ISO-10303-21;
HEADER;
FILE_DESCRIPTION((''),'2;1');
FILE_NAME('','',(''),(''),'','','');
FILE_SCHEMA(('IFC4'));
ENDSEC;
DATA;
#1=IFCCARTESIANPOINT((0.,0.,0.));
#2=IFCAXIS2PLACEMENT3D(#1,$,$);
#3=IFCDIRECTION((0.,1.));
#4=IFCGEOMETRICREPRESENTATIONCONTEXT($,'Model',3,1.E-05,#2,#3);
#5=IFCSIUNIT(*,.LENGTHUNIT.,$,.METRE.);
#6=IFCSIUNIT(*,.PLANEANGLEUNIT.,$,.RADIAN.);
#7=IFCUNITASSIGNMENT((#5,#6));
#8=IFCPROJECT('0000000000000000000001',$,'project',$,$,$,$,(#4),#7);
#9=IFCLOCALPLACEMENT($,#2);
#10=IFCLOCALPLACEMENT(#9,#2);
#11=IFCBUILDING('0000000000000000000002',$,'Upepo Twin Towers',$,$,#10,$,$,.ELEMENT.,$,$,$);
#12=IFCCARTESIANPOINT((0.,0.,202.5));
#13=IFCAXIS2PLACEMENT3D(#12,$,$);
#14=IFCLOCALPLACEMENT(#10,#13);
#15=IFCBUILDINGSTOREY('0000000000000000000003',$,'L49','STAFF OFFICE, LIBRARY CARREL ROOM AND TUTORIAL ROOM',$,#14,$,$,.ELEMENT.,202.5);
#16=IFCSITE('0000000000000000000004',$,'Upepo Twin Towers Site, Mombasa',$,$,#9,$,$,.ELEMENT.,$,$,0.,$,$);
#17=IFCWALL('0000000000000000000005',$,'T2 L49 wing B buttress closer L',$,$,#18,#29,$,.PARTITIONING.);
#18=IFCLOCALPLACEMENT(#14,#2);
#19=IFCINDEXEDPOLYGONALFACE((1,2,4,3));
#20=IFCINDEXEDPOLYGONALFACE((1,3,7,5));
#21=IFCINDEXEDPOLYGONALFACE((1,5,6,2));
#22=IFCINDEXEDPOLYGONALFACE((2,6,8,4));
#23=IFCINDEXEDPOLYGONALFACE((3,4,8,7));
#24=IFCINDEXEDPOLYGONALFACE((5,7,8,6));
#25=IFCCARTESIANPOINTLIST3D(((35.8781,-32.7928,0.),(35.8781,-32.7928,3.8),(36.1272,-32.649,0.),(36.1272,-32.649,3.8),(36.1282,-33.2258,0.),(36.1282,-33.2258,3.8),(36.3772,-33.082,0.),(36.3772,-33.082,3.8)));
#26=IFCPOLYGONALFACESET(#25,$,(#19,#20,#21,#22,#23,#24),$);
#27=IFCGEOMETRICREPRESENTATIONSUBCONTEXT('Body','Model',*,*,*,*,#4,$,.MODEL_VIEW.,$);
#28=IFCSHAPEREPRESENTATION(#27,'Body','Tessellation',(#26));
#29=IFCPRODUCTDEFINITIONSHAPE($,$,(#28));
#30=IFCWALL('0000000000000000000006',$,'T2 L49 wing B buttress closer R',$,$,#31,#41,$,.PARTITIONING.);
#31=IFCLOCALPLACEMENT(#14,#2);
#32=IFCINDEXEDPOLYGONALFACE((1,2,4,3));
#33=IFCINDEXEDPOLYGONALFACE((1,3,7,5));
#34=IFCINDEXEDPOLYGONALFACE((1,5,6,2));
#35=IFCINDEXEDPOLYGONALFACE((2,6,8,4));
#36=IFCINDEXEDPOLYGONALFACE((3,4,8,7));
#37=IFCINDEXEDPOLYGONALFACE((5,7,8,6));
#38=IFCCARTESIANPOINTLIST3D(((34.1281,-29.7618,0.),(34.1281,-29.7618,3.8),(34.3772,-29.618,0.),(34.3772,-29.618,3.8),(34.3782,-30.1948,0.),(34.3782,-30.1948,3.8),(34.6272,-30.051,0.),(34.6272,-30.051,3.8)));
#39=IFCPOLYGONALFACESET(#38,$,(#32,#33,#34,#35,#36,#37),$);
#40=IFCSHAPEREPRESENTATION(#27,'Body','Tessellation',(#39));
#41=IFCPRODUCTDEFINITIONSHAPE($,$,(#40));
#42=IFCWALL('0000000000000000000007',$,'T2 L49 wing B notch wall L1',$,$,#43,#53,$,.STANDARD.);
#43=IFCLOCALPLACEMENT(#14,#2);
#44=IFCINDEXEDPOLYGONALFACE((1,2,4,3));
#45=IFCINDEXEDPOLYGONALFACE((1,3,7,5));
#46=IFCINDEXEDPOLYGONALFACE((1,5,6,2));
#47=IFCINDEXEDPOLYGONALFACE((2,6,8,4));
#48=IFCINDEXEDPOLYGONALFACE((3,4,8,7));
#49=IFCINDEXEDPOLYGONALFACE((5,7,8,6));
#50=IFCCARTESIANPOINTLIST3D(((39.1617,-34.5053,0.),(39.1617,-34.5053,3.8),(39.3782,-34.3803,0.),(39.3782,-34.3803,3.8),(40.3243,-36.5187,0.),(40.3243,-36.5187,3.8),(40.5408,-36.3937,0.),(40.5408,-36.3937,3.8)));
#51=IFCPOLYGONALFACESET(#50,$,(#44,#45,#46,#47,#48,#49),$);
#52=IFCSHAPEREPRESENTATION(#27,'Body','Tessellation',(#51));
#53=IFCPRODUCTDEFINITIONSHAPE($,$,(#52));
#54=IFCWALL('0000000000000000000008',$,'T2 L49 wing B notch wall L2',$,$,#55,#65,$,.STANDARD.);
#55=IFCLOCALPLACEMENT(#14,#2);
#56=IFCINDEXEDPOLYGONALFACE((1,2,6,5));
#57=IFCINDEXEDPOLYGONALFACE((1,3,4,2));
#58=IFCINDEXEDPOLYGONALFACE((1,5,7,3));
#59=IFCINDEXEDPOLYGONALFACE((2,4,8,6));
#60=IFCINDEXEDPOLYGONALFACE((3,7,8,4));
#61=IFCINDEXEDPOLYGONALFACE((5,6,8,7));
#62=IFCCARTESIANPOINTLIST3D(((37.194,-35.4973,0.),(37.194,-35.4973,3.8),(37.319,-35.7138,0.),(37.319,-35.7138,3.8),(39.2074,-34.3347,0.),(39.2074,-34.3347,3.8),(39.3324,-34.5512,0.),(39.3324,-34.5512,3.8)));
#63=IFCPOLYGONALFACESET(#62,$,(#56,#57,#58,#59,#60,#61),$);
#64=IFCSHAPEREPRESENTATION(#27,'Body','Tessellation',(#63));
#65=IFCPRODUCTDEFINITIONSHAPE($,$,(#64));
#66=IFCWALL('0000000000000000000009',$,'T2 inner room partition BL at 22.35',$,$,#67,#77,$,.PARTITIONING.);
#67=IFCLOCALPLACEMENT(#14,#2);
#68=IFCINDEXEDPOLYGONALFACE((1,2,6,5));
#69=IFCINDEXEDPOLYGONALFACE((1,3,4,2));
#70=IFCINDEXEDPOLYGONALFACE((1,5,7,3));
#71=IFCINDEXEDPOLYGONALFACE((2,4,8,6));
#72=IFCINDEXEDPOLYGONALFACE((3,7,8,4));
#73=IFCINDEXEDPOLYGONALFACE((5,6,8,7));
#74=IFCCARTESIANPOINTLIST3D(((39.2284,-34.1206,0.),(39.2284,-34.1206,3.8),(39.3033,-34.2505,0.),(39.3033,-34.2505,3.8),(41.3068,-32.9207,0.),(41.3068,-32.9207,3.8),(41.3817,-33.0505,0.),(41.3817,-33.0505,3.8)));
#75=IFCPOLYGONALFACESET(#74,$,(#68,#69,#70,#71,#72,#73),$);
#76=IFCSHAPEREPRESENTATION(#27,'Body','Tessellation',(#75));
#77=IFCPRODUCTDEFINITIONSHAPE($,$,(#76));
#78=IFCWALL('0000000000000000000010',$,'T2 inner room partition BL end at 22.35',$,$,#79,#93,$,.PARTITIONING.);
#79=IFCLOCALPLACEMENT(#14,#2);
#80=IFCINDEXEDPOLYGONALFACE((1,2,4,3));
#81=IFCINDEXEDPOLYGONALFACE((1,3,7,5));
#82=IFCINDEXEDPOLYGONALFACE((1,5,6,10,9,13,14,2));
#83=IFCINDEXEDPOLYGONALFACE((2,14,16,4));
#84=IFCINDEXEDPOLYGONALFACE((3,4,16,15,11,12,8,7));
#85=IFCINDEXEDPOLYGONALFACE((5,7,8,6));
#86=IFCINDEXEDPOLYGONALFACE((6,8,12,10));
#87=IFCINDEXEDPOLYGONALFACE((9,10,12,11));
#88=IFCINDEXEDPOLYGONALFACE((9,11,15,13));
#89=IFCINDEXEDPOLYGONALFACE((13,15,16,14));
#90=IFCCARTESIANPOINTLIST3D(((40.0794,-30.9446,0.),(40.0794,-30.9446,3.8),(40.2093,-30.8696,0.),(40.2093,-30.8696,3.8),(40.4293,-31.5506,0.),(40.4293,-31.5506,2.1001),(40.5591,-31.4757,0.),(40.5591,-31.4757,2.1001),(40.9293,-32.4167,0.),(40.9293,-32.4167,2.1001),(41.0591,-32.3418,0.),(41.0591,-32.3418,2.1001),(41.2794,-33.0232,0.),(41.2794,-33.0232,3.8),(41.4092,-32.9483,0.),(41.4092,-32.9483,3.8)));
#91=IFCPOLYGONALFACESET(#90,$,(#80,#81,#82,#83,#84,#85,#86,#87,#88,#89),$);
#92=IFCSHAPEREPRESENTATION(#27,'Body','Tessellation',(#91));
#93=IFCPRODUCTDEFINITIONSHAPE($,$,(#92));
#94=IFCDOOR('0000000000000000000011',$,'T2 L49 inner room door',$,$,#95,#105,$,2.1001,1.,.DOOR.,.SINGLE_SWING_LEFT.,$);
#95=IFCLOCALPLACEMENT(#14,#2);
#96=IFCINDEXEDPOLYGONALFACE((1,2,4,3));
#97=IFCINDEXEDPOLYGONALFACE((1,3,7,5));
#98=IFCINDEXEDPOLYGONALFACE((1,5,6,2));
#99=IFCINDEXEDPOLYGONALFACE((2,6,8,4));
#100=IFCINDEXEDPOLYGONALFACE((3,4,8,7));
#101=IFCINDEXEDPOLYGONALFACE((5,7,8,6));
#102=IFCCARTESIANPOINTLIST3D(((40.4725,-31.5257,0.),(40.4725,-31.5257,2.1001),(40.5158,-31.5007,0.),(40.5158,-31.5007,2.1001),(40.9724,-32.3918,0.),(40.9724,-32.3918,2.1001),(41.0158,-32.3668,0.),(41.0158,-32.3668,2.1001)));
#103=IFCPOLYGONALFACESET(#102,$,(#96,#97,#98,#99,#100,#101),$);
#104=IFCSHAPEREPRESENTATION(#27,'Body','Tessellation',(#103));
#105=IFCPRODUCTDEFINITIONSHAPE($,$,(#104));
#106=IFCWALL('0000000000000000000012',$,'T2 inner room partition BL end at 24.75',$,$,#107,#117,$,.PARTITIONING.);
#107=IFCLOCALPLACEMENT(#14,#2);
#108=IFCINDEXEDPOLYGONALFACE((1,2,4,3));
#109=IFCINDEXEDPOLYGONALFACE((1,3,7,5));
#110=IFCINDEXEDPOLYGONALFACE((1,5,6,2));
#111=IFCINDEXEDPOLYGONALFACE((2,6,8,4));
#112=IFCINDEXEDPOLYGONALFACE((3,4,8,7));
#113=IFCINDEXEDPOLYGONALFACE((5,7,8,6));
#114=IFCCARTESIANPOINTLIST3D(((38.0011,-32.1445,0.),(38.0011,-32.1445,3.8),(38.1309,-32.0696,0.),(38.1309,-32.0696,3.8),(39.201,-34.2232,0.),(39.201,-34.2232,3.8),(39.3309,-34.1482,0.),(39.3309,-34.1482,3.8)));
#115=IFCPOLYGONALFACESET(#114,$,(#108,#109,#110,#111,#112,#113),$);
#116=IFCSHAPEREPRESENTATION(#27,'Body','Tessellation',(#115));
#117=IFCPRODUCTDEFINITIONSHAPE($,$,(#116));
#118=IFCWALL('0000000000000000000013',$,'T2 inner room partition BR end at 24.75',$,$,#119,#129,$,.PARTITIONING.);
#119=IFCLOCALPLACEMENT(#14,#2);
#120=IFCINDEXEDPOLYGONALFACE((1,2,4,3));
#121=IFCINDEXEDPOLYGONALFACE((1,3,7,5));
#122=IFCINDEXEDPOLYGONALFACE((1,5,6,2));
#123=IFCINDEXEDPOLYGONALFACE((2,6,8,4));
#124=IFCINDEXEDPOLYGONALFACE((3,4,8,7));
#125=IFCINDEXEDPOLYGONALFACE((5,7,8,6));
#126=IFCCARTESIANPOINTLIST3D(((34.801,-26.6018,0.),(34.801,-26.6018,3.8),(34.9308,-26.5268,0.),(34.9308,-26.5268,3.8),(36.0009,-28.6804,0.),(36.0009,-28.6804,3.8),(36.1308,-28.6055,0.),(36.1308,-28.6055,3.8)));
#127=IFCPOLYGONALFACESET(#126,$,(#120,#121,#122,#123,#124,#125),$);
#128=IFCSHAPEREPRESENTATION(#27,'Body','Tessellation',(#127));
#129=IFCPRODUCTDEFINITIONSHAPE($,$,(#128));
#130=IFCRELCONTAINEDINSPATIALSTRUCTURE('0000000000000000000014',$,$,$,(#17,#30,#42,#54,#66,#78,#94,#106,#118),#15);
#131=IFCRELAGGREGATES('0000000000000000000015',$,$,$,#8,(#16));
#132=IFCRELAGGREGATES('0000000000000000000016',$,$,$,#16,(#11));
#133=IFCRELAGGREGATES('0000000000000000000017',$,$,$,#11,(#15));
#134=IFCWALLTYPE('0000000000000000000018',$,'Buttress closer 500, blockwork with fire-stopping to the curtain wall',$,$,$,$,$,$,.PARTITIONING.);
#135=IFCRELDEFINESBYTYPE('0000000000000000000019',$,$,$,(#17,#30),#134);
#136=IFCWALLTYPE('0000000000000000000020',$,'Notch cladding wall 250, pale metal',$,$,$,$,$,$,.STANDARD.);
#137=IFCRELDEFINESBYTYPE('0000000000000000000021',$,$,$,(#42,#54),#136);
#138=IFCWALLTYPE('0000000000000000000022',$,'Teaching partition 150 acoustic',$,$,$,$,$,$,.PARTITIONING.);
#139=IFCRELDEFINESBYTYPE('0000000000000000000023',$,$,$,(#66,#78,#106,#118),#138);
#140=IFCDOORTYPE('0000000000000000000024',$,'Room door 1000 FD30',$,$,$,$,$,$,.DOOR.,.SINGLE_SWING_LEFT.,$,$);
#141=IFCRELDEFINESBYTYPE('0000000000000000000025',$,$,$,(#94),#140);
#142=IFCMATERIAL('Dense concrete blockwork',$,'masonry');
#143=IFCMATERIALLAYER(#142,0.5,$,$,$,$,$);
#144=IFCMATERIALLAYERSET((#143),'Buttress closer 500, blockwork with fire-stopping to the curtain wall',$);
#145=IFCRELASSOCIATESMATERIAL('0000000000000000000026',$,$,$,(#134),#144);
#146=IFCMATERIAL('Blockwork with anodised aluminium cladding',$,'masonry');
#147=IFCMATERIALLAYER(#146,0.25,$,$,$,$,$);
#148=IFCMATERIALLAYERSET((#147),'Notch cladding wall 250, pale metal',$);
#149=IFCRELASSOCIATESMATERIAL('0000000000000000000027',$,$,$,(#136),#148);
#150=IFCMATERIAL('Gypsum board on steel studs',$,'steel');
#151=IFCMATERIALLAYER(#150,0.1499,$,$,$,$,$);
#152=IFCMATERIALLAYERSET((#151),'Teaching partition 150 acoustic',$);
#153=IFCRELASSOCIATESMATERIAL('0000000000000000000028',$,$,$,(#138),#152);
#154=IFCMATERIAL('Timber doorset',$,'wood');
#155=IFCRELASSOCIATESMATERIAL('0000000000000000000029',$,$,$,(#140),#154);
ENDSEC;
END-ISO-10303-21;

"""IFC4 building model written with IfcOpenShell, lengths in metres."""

from ifc_helpers import new_model, si_unit, direction, frame, frame_2d, origin, place, context, subcontext, project, spatial, rectangle, extrude, material, layer, layer_set, type_object, element, fill, save


model = new_model("IFC4")

# Units and contexts
model_context = context("Model", 3, precision=1e-05, world=origin(), true_north=direction((0.0, 1.0)))
body_context = subcontext(model_context, "Body", "Model", "MODEL_VIEW")
ifc_project = project(units=[si_unit("LENGTHUNIT", "METRE"), si_unit("PLANEANGLEUNIT", "RADIAN")], contexts=[model_context])

# Site, building, storey
site_placement = place(None, origin())
site = spatial("IfcSite", under=ifc_project, at=site_placement, Name="Upepo Twin Towers Site, Mombasa", CompositionType="ELEMENT", RefElevation=0.0)
building_placement = place(site_placement, origin())
building = spatial("IfcBuilding", under=site, at=building_placement, Name="Upepo Twin Towers", CompositionType="ELEMENT")
storey_placement = place(building_placement, frame((0.0, 0.0, 202.5)))
storey = spatial("IfcBuildingStorey", under=building, at=storey_placement, Name="L49", Description="STAFF OFFICE, LIBRARY CARREL ROOM AND TUTORIAL ROOM", CompositionType="ELEMENT", Elevation=202.5)

# Walls
ifc_material_1 = material(Name="Dense concrete blockwork", Category="masonry")
ifc_layer_1 = layer(ifc_material_1, 0.5)
ifc_layer_set_1 = layer_set([ifc_layer_1], Name="Buttress closer 500, blockwork with fire-stopping to the curtain wall")
wall_type_1 = type_object("IfcWallType", Name="Buttress closer 500, blockwork with fire-stopping to the curtain wall", PredefinedType="PARTITIONING", material=ifc_layer_set_1)
for number, where, z_axis, x_axis, name in (
    (1, (36.2522, -32.8655, 0.0), (0.0, 0.0, 1.0), (-0.865988, -0.500065, 0.0), "T2 L49 wing B buttress closer L"),
    (2, (34.5022, -29.8345, 0.0), (0.0, 0.0, 1.0), (-0.865988, -0.500065, 0.0), "T2 L49 wing B buttress closer R"),
):
    element("IfcWall", number, at=place(storey_placement, frame(where, z_axis=z_axis, x_axis=x_axis)), inside=storey, type_object=wall_type_1, Name=name, PredefinedType="PARTITIONING", context=body_context, shape_type="SweptSolid", body=[
        extrude(rectangle(XDim=0.2876, YDim=0.5, at=frame_2d((0.1438, 0.0))), origin(), (0.0, 0.0, 1.0), 3.8),
    ])
ifc_material_2 = material(Name="Blockwork with anodised aluminium cladding", Category="masonry")
ifc_layer_2 = layer(ifc_material_2, 0.25)
ifc_layer_set_2 = layer_set([ifc_layer_2], Name="Notch cladding wall 250, pale metal")
wall_type_2 = type_object("IfcWallType", Name="Notch cladding wall 250, pale metal", PredefinedType="STANDARD", material=ifc_layer_set_2)
for number, where, z_axis, x_axis, name in (
    (3, (40.4326, -36.4563, 0.0), (0.0, 0.0, 1.0), (-0.500047, 0.865998, 0.0), "T2 L49 wing B notch wall L1"),
    (4, (39.27, -34.4429, 0.0), (0.0, 0.0, 1.0), (-0.865998, -0.500047, 0.0), "T2 L49 wing B notch wall L2"),
):
    element("IfcWall", number, at=place(storey_placement, frame(where, z_axis=z_axis, x_axis=x_axis)), inside=storey, type_object=wall_type_2, Name=name, PredefinedType="STANDARD", context=body_context, shape_type="SweptSolid", body=[
        extrude(rectangle(XDim=2.325, YDim=0.25, at=frame_2d((1.1626, 0.0))), origin(), (0.0, 0.0, 1.0), 3.8),
    ])
ifc_material_3 = material(Name="Gypsum board on steel studs", Category="steel")
ifc_layer_3 = layer(ifc_material_3, 0.1499)
ifc_layer_set_3 = layer_set([ifc_layer_3], Name="Teaching partition 150 acoustic")
wall_type_3 = type_object("IfcWallType", Name="Teaching partition 150 acoustic", PredefinedType="PARTITIONING", material=ifc_layer_set_3)
wall_1_placement = place(storey_placement, frame((41.3442, -32.9856, 0.0), z_axis=(0.0, 0.0, 1.0), x_axis=(-0.866025, -0.500001, 0.0)))
element("IfcWall", 5, at=wall_1_placement, inside=storey, type_object=wall_type_3, Name="T2 inner room partition BL at 22.35", PredefinedType="PARTITIONING", context=body_context, shape_type="SweptSolid", body=[
    extrude(rectangle(XDim=2.3999, YDim=0.1499, at=frame_2d((1.2, 0.0))), origin(), (0.0, 0.0, 1.0), 3.8),
])

# Wall, opening, door
wall_2_placement = place(storey_placement, frame((40.1443, -30.907, 0.0), z_axis=(0.0, 0.0, 1.0), x_axis=(0.499957, -0.86605, 0.0)))
wall_2 = element("IfcWall", 6, at=wall_2_placement, inside=storey, type_object=wall_type_3, Name="T2 inner room partition BL end at 22.35", PredefinedType="PARTITIONING", context=body_context, shape_type="SweptSolid", body=[
    extrude(rectangle(XDim=2.4001, YDim=0.1499, at=frame_2d((1.2002, 0.0))), origin(), (0.0, 0.0, 1.0), 3.8),
])
opening_placement = place(wall_2_placement, frame((0.7, 0.0, 0.0)))
opening = element("IfcOpeningElement", 7, at=opening_placement, cuts=wall_2, PredefinedType="OPENING", context=body_context, shape_type="SweptSolid", body=[
    extrude(rectangle(XDim=1.0, YDim=2.1001, at=frame_2d((0.5, 1.05))), frame((0.0, 0.085, 0.0), z_axis=(0.0, -1.0, 0.0), x_axis=(1.0, 0.0, 0.0)), (0.0, 0.0, 1.0), 0.1699),
])
ifc_material_4 = material(Name="Timber doorset", Category="wood")
door_type = type_object("IfcDoorType", Name="Room door 1000 FD30", OperationType="SINGLE_SWING_LEFT", PredefinedType="DOOR", material=ifc_material_4)
door_placement = place(opening_placement, origin())
door = element("IfcDoor", 8, at=door_placement, inside=storey, type_object=door_type, Name="T2 L49 inner room door", OperationType="SINGLE_SWING_LEFT", OverallHeight=2.1001, OverallWidth=1.0, PredefinedType="DOOR", context=body_context, shape_type="SweptSolid", body=[
    extrude(rectangle(XDim=1.0, YDim=2.1001, at=frame_2d((0.5, 1.05))), frame((0.0, 0.0249, 0.0), z_axis=(0.0, -1.0, 0.0), x_axis=(1.0, 0.0, 0.0)), (0.0, 0.0, 1.0), 0.05),
])
fill(opening, door)

# Walls
for number, where, z_axis, x_axis, name in (
    (9, (38.0659, -32.1069, 0.0), (0.0, 0.0, 1.0), (0.499957, -0.86605, 0.0), "T2 inner room partition BL end at 24.75"),
    (10, (36.0659, -28.6431, 0.0), (0.0, 0.0, 1.0), (-0.499957, 0.86605, 0.0), "T2 inner room partition BR end at 24.75"),
):
    element("IfcWall", number, at=place(storey_placement, frame(where, z_axis=z_axis, x_axis=x_axis)), inside=storey, type_object=wall_type_3, Name=name, PredefinedType="PARTITIONING", context=body_context, shape_type="SweptSolid", body=[
        extrude(rectangle(XDim=2.4001, YDim=0.1499, at=frame_2d((1.2002, 0.0))), origin(), (0.0, 0.0, 1.0), 3.8),
    ])

save(model, "model.ifc")
